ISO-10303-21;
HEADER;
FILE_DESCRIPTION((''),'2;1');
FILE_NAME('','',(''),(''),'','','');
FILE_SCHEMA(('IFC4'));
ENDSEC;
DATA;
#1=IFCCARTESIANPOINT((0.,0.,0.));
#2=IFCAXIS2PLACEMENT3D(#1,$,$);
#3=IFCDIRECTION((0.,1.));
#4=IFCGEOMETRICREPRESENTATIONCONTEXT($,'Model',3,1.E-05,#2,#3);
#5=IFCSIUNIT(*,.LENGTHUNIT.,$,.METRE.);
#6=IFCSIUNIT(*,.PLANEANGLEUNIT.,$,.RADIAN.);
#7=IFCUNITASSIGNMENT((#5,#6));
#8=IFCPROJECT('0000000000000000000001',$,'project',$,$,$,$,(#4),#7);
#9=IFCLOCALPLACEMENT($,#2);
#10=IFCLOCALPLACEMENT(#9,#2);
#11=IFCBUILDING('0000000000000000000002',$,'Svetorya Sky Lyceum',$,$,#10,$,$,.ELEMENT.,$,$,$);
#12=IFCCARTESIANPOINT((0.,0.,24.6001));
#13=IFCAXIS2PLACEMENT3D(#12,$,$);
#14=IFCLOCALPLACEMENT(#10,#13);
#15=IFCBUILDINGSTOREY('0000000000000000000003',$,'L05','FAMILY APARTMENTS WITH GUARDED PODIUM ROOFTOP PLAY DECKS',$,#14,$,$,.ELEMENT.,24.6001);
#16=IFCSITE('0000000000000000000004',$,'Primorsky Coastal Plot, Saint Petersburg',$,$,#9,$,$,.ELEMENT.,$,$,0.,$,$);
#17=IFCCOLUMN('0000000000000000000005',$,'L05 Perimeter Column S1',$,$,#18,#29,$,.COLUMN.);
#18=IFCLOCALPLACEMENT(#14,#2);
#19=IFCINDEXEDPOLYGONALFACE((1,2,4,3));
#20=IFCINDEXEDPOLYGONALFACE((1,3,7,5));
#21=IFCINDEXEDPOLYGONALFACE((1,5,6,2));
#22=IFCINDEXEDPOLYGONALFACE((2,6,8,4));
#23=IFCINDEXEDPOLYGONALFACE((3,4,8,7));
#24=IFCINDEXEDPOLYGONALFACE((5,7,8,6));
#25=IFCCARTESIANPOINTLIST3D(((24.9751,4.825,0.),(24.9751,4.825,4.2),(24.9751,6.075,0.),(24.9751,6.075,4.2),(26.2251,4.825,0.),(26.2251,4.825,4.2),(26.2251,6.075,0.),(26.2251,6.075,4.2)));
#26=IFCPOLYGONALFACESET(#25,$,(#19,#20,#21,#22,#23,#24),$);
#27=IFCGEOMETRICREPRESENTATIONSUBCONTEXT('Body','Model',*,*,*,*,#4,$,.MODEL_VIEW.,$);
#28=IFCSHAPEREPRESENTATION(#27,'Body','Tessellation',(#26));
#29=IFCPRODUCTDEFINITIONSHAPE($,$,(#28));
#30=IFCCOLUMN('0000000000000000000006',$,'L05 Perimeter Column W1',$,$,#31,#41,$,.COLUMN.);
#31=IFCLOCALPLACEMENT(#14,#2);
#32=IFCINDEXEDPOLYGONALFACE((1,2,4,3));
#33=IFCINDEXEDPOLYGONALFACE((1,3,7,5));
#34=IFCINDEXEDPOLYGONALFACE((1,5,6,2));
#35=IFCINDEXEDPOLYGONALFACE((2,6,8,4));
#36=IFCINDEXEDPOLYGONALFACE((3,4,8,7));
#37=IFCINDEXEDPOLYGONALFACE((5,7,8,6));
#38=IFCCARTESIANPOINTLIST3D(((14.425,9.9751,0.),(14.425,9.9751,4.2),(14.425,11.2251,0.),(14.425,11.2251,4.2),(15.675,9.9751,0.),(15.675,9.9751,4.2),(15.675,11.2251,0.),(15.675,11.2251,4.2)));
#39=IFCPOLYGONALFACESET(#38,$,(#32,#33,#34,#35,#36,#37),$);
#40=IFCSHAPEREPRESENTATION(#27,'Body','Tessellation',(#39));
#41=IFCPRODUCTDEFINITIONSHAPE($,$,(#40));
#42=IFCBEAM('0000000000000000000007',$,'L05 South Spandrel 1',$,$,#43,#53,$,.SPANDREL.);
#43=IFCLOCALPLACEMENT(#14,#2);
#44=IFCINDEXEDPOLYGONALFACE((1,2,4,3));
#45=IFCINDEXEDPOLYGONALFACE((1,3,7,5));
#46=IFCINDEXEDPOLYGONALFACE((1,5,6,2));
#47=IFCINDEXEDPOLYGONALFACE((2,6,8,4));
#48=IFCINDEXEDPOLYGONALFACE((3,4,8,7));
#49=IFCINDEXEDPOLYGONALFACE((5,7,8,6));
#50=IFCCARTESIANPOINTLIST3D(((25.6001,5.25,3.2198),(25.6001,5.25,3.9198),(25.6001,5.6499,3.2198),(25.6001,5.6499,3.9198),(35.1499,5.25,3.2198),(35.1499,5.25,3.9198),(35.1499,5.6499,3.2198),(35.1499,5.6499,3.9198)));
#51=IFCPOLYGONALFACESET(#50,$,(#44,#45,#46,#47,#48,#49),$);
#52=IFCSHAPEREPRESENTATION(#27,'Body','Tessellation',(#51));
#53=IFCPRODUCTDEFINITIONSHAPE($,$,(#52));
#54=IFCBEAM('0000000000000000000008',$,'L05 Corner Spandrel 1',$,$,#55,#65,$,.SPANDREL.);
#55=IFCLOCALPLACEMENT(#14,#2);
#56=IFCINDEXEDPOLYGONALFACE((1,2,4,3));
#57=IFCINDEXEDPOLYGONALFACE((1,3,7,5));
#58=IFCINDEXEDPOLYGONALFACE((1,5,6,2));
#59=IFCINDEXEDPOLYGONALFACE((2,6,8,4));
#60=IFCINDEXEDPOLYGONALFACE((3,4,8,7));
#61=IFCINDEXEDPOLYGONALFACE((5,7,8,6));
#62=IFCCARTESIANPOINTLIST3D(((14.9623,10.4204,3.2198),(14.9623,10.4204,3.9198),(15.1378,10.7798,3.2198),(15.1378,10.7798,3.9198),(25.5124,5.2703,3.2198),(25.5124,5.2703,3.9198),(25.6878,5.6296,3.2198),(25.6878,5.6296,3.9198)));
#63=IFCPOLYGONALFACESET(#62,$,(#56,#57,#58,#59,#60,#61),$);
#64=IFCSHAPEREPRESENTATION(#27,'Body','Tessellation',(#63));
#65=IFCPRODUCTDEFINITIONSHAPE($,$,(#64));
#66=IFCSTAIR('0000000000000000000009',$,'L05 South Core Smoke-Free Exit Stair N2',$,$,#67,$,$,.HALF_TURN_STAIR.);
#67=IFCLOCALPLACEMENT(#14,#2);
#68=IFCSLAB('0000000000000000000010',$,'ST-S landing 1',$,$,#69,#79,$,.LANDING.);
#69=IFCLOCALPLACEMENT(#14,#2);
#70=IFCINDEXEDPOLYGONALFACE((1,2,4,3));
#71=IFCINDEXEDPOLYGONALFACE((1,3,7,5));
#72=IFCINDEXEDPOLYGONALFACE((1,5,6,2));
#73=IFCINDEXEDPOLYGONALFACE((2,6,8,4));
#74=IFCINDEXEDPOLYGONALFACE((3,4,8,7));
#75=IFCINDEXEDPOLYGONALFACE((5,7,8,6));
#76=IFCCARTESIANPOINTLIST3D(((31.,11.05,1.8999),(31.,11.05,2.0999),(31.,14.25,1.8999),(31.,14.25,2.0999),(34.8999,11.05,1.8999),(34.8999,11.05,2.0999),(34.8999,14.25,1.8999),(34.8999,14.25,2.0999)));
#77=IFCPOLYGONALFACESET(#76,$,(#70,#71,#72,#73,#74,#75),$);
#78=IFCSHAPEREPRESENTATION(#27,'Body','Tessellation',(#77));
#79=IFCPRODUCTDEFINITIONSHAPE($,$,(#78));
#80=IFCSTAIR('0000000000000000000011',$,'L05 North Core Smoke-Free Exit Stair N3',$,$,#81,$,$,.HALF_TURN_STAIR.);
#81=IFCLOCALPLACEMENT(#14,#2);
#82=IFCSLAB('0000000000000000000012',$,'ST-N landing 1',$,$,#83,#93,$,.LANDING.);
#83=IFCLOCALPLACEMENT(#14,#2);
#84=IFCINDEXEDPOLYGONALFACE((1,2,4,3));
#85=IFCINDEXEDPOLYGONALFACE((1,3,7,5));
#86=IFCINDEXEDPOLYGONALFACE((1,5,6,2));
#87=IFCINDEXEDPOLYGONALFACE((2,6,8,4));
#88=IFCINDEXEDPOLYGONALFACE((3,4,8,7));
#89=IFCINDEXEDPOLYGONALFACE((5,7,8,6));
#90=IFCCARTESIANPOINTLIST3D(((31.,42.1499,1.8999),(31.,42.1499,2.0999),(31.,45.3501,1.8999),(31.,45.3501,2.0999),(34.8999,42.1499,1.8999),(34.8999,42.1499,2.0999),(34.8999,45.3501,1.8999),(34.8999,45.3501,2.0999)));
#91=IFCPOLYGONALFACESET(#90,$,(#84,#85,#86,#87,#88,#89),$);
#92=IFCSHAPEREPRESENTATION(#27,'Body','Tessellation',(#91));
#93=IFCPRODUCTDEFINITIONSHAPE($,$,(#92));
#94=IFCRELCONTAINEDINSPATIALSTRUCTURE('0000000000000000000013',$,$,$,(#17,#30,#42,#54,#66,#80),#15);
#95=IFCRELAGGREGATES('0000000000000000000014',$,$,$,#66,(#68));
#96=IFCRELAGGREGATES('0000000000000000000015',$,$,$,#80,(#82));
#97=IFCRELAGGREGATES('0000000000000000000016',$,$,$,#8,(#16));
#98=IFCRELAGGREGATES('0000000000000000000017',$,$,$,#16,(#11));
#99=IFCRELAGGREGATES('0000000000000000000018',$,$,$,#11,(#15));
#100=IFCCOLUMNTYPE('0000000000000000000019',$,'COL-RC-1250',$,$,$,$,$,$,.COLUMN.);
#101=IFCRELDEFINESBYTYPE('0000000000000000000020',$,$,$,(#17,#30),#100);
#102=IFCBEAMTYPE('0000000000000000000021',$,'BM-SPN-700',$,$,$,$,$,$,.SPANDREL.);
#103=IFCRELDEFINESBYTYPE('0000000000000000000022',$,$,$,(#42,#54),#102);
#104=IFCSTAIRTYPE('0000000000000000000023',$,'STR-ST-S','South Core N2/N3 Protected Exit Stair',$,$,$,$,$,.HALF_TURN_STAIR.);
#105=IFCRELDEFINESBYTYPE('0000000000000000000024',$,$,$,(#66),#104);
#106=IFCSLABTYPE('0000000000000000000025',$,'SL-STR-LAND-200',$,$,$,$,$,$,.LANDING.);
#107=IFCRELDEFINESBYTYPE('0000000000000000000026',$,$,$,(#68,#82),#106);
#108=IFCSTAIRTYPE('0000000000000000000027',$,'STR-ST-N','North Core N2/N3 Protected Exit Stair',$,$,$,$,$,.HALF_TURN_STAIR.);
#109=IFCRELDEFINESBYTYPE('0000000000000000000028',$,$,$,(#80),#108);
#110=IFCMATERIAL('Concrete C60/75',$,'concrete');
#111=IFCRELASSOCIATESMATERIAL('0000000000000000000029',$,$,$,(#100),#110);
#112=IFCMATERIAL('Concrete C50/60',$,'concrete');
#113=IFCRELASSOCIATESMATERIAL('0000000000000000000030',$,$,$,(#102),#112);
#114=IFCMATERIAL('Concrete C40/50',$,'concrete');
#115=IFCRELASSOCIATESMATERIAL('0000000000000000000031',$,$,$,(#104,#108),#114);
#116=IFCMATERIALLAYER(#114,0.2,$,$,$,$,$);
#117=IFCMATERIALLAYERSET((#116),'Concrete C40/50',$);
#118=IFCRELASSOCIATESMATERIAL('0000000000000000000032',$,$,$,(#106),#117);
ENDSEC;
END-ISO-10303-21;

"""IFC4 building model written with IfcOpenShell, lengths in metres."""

from ifc_helpers import new_model, si_unit, direction, frame, origin, origin_2d, place, context, subcontext, project, spatial, polyline, rectangle, outline, extrude, material, layer, layer_set, material_profile, profile_set, type_object, element, aggregate, save


model = new_model("IFC4")

# Units and contexts
model_context = context("Model", 3, precision=1e-05, world=origin(), true_north=direction((0.0, 1.0)))
body_context = subcontext(model_context, "Body", "Model", "MODEL_VIEW")
ifc_project = project(units=[si_unit("LENGTHUNIT", "METRE"), si_unit("PLANEANGLEUNIT", "RADIAN")], contexts=[model_context])

# Site, building, storey
site_placement = place(None, origin())
site = spatial("IfcSite", under=ifc_project, at=site_placement, Name="Primorsky Coastal Plot, Saint Petersburg", CompositionType="ELEMENT", RefElevation=0.0)
building_placement = place(site_placement, origin())
building = spatial("IfcBuilding", under=site, at=building_placement, Name="Svetorya Sky Lyceum", CompositionType="ELEMENT")
storey_placement = place(building_placement, frame((0.0, 0.0, 24.6001)))
storey = spatial("IfcBuildingStorey", under=building, at=storey_placement, Name="L05", Description="FAMILY APARTMENTS WITH GUARDED PODIUM ROOFTOP PLAY DECKS", CompositionType="ELEMENT", Elevation=24.6001)

# Columns
ifc_material_1 = material(Name="Concrete C60/75", Category="concrete")
ifc_material_profile_1 = material_profile(ifc_material_1, rectangle(XDim=1.25, YDim=1.25, at=origin_2d()), Name="RC COL 1250x1250")
ifc_profile_set_1 = profile_set([ifc_material_profile_1], Name="Concrete C60/75")
column_type = type_object("IfcColumnType", Name="COL-RC-1250", PredefinedType="COLUMN", material=ifc_profile_set_1)
for number, where, z_axis, x_axis, name in (
    (1, (25.6001, 5.45, 0.0), (0.0, 0.0, 1.0), (1.0, 0.0, 0.0), "L05 Perimeter Column S1"),
    (2, (15.05, 10.6001, 0.0), (0.0, 0.0, 1.0), (1.0, 0.0, 0.0), "L05 Perimeter Column W1"),
):
    element("IfcColumn", number, at=place(storey_placement, frame(where, z_axis=z_axis, x_axis=x_axis)), inside=storey, type_object=column_type, Name=name, PredefinedType="COLUMN", context=body_context, shape_type="SweptSolid", body=[
        extrude(rectangle(XDim=1.25, YDim=1.25, at=origin_2d()), origin(), (0.0, 0.0, 1.0), 4.2),
    ])

# Beams
ifc_material_2 = material(Name="Concrete C50/60", Category="concrete")
ifc_material_profile_2 = material_profile(ifc_material_2, rectangle(XDim=0.3999, YDim=0.7, at=origin_2d()), Name="RC SPANDREL 400x700")
ifc_profile_set_2 = profile_set([ifc_material_profile_2], Name="Concrete C50/60")
beam_type = type_object("IfcBeamType", Name="BM-SPN-700", PredefinedType="SPANDREL", material=ifc_profile_set_2)
beam_1_placement = place(storey_placement, frame((25.6001, 5.45, 3.5698), z_axis=(1.0, 0.0, 0.0), x_axis=(0.0, 1.0, 0.0)))
element("IfcBeam", 3, at=beam_1_placement, inside=storey, type_object=beam_type, Name="L05 South Spandrel 1", PredefinedType="SPANDREL", context=body_context, shape_type="SweptSolid", body=[
    extrude(rectangle(XDim=0.3999, YDim=0.7, at=origin_2d()), origin(), (0.0, 0.0, 1.0), 9.5498),
])
beam_2_placement = place(storey_placement, frame((25.6001, 5.45, 3.5698), z_axis=(-0.898641, 0.438684, 0.0), x_axis=(-0.438684, -0.898641, 0.0)))
element("IfcBeam", 4, at=beam_2_placement, inside=storey, type_object=beam_type, Name="L05 Corner Spandrel 1", PredefinedType="SPANDREL", context=body_context, shape_type="SweptSolid", body=[
    extrude(rectangle(XDim=0.3999, YDim=0.7, at=origin_2d()), origin(), (0.0, 0.0, 1.0), 11.74),
])

# Stairs, slabs
ifc_material_3 = material(Name="Concrete C40/50", Category="concrete")
stair_type_1 = type_object("IfcStairType", Name="STR-ST-S", Description="South Core N2/N3 Protected Exit Stair", PredefinedType="HALF_TURN_STAIR", material=ifc_material_3)
stair_1_placement = place(storey_placement, origin())
stair_1 = element("IfcStair", 5, at=stair_1_placement, inside=storey, type_object=stair_type_1, Name="L05 South Core Smoke-Free Exit Stair N2", PredefinedType="HALF_TURN_STAIR")
ifc_layer_1 = layer(ifc_material_3, 0.2)
ifc_layer_set_1 = layer_set([ifc_layer_1], Name="Concrete C40/50")
slab_type_1 = type_object("IfcSlabType", Name="SL-STR-LAND-200", PredefinedType="LANDING", material=ifc_layer_set_1)
slab_1_placement = place(storey_placement, frame((0.0, 0.0, 1.8999)))
slab_1 = element("IfcSlab", 6, at=slab_1_placement, type_object=slab_type_1, Name="ST-S landing 1", PredefinedType="LANDING", context=body_context, shape_type="SweptSolid", body=[
    extrude(outline(polyline([(31.0, 11.05), (34.8999, 11.05), (34.8999, 14.25), (31.0, 14.25), (31.0, 11.05)])), origin(), (0.0, 0.0, 1.0), 0.2),
])
aggregate(stair_1, [slab_1])
stair_type_2 = type_object("IfcStairType", Name="STR-ST-N", Description="North Core N2/N3 Protected Exit Stair", PredefinedType="HALF_TURN_STAIR", material=ifc_material_3)
stair_2_placement = place(storey_placement, origin())
stair_2 = element("IfcStair", 7, at=stair_2_placement, inside=storey, type_object=stair_type_2, Name="L05 North Core Smoke-Free Exit Stair N3", PredefinedType="HALF_TURN_STAIR")
slab_2_placement = place(storey_placement, frame((0.0, 0.0, 1.8999)))
slab_2 = element("IfcSlab", 8, at=slab_2_placement, type_object=slab_type_1, Name="ST-N landing 1", PredefinedType="LANDING", context=body_context, shape_type="SweptSolid", body=[
    extrude(outline(polyline([(31.0, 42.1499), (34.8999, 42.1499), (34.8999, 45.3501), (31.0, 45.3501), (31.0, 42.1499)])), origin(), (0.0, 0.0, 1.0), 0.2),
])
aggregate(stair_2, [slab_2])

save(model, "model.ifc")
